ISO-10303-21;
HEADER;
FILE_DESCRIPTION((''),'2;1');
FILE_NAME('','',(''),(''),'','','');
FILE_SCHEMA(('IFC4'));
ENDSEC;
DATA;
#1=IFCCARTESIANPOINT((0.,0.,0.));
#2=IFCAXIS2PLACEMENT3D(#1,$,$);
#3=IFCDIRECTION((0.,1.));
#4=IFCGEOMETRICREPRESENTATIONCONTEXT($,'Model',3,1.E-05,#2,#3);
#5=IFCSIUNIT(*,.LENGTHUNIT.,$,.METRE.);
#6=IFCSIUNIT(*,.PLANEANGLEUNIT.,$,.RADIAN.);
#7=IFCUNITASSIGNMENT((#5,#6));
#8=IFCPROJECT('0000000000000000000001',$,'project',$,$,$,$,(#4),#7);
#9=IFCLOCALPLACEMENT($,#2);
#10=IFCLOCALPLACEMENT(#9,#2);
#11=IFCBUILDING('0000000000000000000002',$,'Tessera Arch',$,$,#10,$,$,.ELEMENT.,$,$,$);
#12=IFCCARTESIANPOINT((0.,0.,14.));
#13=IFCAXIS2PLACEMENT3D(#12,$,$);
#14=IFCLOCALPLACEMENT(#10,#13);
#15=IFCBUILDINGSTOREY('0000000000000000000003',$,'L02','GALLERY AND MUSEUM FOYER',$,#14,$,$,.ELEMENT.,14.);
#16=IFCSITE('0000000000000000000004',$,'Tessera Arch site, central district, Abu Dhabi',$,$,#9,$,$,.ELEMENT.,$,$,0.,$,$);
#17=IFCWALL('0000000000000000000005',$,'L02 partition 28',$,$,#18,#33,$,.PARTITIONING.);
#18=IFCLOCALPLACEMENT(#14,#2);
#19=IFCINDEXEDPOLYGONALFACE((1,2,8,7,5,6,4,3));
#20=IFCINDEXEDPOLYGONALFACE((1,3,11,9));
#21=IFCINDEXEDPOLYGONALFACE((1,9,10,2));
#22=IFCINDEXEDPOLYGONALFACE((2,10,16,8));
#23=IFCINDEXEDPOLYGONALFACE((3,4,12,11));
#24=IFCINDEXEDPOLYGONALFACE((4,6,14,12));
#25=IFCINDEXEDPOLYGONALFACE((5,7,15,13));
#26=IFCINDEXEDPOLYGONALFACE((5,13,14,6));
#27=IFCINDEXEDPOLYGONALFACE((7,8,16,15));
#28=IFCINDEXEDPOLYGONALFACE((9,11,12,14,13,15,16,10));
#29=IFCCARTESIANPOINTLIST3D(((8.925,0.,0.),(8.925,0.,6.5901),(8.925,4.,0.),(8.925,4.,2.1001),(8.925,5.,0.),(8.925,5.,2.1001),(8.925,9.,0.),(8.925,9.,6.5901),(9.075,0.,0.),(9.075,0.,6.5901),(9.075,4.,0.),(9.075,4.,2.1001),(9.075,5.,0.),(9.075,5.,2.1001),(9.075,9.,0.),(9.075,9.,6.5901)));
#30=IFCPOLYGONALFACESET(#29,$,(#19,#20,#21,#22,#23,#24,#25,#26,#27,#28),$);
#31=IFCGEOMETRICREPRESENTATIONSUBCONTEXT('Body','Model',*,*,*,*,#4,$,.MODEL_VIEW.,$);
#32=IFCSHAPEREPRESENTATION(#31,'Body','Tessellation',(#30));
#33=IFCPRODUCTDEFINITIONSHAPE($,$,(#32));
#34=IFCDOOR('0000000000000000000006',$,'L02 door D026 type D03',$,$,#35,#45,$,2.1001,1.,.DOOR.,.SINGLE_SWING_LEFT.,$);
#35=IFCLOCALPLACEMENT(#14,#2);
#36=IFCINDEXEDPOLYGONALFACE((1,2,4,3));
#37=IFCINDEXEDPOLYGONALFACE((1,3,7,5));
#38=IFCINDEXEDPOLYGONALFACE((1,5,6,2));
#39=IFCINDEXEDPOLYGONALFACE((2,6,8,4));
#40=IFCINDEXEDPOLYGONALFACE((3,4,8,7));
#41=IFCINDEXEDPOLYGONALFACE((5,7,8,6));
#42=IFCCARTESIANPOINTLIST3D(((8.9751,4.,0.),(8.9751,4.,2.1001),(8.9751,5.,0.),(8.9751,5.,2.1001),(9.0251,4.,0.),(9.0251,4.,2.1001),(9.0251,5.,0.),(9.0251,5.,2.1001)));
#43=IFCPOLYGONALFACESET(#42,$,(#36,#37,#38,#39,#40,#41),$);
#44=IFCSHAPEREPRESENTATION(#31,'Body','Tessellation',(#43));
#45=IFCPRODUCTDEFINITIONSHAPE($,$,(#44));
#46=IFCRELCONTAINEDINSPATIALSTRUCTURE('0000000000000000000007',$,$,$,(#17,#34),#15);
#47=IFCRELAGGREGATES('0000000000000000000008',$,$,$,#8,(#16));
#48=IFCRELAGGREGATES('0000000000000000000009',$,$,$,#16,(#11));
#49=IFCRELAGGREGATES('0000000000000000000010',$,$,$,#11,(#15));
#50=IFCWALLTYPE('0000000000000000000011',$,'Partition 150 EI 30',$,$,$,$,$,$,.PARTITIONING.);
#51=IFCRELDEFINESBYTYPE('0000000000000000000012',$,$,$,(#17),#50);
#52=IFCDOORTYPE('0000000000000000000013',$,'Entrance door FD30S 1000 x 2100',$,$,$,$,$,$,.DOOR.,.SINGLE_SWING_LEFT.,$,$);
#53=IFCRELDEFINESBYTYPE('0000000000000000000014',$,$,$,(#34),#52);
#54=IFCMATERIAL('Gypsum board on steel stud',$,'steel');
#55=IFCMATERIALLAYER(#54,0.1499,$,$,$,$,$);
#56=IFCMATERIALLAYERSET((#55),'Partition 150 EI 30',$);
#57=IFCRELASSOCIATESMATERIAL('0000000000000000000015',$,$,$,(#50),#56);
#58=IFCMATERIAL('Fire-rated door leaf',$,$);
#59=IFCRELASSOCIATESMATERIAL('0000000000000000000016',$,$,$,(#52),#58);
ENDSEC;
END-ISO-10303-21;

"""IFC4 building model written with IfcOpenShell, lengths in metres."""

from ifc_helpers import new_model, si_unit, direction, frame, frame_2d, origin, place, context, subcontext, project, spatial, rectangle, extrude, material, layer, layer_set, type_object, element, fill, save


model = new_model("IFC4")

# Units and contexts
model_context = context("Model", 3, precision=1e-05, world=origin(), true_north=direction((0.0, 1.0)))
body_context = subcontext(model_context, "Body", "Model", "MODEL_VIEW")
ifc_project = project(units=[si_unit("LENGTHUNIT", "METRE"), si_unit("PLANEANGLEUNIT", "RADIAN")], contexts=[model_context])

# Site, building, storey
site_placement = place(None, origin())
site = spatial("IfcSite", under=ifc_project, at=site_placement, Name="Tessera Arch site, central district, Abu Dhabi", CompositionType="ELEMENT", RefElevation=0.0)
building_placement = place(site_placement, origin())
building = spatial("IfcBuilding", under=site, at=building_placement, Name="Tessera Arch", CompositionType="ELEMENT")
storey_placement = place(building_placement, frame((0.0, 0.0, 14.0)))
storey = spatial("IfcBuildingStorey", under=building, at=storey_placement, Name="L02", Description="GALLERY AND MUSEUM FOYER", CompositionType="ELEMENT", Elevation=14.0)

# Wall, opening, door
ifc_material_1 = material(Name="Gypsum board on steel stud", Category="steel")
ifc_layer_1 = layer(ifc_material_1, 0.1499)
ifc_layer_set_1 = layer_set([ifc_layer_1], Name="Partition 150 EI 30")
wall_type = type_object("IfcWallType", Name="Partition 150 EI 30", PredefinedType="PARTITIONING", material=ifc_layer_set_1)
wall_placement = place(storey_placement, frame((9.0, 0.0, 0.0), z_axis=(0.0, 0.0, 1.0), x_axis=(0.0, 1.0, 0.0)))
wall = element("IfcWall", 1, at=wall_placement, inside=storey, type_object=wall_type, Name="L02 partition 28", PredefinedType="PARTITIONING", context=body_context, shape_type="SweptSolid", body=[
    extrude(rectangle(XDim=9.0, YDim=0.1499, at=frame_2d((4.5, 0.0))), origin(), (0.0, 0.0, 1.0), 6.5901),
])
opening_placement = place(wall_placement, frame((4.0, 0.0, 0.0)))
opening = element("IfcOpeningElement", 2, at=opening_placement, cuts=wall, PredefinedType="OPENING", context=body_context, shape_type="SweptSolid", body=[
    extrude(rectangle(XDim=1.0, YDim=2.1001, at=frame_2d((0.5, 1.05))), frame((0.0, 0.085, 0.0), z_axis=(0.0, -1.0, 0.0), x_axis=(1.0, 0.0, 0.0)), (0.0, 0.0, 1.0), 0.1699),
])
ifc_material_2 = material(Name="Fire-rated door leaf")
door_type = type_object("IfcDoorType", Name="Entrance door FD30S 1000 x 2100", OperationType="SINGLE_SWING_LEFT", PredefinedType="DOOR", material=ifc_material_2)
door_placement = place(opening_placement, origin())
door = element("IfcDoor", 3, at=door_placement, inside=storey, type_object=door_type, Name="L02 door D026 type D03", OperationType="SINGLE_SWING_LEFT", OverallHeight=2.1001, OverallWidth=1.0, PredefinedType="DOOR", context=body_context, shape_type="SweptSolid", body=[
    extrude(rectangle(XDim=1.0, YDim=2.1001, at=frame_2d((0.5, 1.05))), frame((0.0, 0.0249, 0.0), z_axis=(0.0, -1.0, 0.0), x_axis=(1.0, 0.0, 0.0)), (0.0, 0.0, 1.0), 0.05),
])
fill(opening, door)

save(model, "model.ifc")
